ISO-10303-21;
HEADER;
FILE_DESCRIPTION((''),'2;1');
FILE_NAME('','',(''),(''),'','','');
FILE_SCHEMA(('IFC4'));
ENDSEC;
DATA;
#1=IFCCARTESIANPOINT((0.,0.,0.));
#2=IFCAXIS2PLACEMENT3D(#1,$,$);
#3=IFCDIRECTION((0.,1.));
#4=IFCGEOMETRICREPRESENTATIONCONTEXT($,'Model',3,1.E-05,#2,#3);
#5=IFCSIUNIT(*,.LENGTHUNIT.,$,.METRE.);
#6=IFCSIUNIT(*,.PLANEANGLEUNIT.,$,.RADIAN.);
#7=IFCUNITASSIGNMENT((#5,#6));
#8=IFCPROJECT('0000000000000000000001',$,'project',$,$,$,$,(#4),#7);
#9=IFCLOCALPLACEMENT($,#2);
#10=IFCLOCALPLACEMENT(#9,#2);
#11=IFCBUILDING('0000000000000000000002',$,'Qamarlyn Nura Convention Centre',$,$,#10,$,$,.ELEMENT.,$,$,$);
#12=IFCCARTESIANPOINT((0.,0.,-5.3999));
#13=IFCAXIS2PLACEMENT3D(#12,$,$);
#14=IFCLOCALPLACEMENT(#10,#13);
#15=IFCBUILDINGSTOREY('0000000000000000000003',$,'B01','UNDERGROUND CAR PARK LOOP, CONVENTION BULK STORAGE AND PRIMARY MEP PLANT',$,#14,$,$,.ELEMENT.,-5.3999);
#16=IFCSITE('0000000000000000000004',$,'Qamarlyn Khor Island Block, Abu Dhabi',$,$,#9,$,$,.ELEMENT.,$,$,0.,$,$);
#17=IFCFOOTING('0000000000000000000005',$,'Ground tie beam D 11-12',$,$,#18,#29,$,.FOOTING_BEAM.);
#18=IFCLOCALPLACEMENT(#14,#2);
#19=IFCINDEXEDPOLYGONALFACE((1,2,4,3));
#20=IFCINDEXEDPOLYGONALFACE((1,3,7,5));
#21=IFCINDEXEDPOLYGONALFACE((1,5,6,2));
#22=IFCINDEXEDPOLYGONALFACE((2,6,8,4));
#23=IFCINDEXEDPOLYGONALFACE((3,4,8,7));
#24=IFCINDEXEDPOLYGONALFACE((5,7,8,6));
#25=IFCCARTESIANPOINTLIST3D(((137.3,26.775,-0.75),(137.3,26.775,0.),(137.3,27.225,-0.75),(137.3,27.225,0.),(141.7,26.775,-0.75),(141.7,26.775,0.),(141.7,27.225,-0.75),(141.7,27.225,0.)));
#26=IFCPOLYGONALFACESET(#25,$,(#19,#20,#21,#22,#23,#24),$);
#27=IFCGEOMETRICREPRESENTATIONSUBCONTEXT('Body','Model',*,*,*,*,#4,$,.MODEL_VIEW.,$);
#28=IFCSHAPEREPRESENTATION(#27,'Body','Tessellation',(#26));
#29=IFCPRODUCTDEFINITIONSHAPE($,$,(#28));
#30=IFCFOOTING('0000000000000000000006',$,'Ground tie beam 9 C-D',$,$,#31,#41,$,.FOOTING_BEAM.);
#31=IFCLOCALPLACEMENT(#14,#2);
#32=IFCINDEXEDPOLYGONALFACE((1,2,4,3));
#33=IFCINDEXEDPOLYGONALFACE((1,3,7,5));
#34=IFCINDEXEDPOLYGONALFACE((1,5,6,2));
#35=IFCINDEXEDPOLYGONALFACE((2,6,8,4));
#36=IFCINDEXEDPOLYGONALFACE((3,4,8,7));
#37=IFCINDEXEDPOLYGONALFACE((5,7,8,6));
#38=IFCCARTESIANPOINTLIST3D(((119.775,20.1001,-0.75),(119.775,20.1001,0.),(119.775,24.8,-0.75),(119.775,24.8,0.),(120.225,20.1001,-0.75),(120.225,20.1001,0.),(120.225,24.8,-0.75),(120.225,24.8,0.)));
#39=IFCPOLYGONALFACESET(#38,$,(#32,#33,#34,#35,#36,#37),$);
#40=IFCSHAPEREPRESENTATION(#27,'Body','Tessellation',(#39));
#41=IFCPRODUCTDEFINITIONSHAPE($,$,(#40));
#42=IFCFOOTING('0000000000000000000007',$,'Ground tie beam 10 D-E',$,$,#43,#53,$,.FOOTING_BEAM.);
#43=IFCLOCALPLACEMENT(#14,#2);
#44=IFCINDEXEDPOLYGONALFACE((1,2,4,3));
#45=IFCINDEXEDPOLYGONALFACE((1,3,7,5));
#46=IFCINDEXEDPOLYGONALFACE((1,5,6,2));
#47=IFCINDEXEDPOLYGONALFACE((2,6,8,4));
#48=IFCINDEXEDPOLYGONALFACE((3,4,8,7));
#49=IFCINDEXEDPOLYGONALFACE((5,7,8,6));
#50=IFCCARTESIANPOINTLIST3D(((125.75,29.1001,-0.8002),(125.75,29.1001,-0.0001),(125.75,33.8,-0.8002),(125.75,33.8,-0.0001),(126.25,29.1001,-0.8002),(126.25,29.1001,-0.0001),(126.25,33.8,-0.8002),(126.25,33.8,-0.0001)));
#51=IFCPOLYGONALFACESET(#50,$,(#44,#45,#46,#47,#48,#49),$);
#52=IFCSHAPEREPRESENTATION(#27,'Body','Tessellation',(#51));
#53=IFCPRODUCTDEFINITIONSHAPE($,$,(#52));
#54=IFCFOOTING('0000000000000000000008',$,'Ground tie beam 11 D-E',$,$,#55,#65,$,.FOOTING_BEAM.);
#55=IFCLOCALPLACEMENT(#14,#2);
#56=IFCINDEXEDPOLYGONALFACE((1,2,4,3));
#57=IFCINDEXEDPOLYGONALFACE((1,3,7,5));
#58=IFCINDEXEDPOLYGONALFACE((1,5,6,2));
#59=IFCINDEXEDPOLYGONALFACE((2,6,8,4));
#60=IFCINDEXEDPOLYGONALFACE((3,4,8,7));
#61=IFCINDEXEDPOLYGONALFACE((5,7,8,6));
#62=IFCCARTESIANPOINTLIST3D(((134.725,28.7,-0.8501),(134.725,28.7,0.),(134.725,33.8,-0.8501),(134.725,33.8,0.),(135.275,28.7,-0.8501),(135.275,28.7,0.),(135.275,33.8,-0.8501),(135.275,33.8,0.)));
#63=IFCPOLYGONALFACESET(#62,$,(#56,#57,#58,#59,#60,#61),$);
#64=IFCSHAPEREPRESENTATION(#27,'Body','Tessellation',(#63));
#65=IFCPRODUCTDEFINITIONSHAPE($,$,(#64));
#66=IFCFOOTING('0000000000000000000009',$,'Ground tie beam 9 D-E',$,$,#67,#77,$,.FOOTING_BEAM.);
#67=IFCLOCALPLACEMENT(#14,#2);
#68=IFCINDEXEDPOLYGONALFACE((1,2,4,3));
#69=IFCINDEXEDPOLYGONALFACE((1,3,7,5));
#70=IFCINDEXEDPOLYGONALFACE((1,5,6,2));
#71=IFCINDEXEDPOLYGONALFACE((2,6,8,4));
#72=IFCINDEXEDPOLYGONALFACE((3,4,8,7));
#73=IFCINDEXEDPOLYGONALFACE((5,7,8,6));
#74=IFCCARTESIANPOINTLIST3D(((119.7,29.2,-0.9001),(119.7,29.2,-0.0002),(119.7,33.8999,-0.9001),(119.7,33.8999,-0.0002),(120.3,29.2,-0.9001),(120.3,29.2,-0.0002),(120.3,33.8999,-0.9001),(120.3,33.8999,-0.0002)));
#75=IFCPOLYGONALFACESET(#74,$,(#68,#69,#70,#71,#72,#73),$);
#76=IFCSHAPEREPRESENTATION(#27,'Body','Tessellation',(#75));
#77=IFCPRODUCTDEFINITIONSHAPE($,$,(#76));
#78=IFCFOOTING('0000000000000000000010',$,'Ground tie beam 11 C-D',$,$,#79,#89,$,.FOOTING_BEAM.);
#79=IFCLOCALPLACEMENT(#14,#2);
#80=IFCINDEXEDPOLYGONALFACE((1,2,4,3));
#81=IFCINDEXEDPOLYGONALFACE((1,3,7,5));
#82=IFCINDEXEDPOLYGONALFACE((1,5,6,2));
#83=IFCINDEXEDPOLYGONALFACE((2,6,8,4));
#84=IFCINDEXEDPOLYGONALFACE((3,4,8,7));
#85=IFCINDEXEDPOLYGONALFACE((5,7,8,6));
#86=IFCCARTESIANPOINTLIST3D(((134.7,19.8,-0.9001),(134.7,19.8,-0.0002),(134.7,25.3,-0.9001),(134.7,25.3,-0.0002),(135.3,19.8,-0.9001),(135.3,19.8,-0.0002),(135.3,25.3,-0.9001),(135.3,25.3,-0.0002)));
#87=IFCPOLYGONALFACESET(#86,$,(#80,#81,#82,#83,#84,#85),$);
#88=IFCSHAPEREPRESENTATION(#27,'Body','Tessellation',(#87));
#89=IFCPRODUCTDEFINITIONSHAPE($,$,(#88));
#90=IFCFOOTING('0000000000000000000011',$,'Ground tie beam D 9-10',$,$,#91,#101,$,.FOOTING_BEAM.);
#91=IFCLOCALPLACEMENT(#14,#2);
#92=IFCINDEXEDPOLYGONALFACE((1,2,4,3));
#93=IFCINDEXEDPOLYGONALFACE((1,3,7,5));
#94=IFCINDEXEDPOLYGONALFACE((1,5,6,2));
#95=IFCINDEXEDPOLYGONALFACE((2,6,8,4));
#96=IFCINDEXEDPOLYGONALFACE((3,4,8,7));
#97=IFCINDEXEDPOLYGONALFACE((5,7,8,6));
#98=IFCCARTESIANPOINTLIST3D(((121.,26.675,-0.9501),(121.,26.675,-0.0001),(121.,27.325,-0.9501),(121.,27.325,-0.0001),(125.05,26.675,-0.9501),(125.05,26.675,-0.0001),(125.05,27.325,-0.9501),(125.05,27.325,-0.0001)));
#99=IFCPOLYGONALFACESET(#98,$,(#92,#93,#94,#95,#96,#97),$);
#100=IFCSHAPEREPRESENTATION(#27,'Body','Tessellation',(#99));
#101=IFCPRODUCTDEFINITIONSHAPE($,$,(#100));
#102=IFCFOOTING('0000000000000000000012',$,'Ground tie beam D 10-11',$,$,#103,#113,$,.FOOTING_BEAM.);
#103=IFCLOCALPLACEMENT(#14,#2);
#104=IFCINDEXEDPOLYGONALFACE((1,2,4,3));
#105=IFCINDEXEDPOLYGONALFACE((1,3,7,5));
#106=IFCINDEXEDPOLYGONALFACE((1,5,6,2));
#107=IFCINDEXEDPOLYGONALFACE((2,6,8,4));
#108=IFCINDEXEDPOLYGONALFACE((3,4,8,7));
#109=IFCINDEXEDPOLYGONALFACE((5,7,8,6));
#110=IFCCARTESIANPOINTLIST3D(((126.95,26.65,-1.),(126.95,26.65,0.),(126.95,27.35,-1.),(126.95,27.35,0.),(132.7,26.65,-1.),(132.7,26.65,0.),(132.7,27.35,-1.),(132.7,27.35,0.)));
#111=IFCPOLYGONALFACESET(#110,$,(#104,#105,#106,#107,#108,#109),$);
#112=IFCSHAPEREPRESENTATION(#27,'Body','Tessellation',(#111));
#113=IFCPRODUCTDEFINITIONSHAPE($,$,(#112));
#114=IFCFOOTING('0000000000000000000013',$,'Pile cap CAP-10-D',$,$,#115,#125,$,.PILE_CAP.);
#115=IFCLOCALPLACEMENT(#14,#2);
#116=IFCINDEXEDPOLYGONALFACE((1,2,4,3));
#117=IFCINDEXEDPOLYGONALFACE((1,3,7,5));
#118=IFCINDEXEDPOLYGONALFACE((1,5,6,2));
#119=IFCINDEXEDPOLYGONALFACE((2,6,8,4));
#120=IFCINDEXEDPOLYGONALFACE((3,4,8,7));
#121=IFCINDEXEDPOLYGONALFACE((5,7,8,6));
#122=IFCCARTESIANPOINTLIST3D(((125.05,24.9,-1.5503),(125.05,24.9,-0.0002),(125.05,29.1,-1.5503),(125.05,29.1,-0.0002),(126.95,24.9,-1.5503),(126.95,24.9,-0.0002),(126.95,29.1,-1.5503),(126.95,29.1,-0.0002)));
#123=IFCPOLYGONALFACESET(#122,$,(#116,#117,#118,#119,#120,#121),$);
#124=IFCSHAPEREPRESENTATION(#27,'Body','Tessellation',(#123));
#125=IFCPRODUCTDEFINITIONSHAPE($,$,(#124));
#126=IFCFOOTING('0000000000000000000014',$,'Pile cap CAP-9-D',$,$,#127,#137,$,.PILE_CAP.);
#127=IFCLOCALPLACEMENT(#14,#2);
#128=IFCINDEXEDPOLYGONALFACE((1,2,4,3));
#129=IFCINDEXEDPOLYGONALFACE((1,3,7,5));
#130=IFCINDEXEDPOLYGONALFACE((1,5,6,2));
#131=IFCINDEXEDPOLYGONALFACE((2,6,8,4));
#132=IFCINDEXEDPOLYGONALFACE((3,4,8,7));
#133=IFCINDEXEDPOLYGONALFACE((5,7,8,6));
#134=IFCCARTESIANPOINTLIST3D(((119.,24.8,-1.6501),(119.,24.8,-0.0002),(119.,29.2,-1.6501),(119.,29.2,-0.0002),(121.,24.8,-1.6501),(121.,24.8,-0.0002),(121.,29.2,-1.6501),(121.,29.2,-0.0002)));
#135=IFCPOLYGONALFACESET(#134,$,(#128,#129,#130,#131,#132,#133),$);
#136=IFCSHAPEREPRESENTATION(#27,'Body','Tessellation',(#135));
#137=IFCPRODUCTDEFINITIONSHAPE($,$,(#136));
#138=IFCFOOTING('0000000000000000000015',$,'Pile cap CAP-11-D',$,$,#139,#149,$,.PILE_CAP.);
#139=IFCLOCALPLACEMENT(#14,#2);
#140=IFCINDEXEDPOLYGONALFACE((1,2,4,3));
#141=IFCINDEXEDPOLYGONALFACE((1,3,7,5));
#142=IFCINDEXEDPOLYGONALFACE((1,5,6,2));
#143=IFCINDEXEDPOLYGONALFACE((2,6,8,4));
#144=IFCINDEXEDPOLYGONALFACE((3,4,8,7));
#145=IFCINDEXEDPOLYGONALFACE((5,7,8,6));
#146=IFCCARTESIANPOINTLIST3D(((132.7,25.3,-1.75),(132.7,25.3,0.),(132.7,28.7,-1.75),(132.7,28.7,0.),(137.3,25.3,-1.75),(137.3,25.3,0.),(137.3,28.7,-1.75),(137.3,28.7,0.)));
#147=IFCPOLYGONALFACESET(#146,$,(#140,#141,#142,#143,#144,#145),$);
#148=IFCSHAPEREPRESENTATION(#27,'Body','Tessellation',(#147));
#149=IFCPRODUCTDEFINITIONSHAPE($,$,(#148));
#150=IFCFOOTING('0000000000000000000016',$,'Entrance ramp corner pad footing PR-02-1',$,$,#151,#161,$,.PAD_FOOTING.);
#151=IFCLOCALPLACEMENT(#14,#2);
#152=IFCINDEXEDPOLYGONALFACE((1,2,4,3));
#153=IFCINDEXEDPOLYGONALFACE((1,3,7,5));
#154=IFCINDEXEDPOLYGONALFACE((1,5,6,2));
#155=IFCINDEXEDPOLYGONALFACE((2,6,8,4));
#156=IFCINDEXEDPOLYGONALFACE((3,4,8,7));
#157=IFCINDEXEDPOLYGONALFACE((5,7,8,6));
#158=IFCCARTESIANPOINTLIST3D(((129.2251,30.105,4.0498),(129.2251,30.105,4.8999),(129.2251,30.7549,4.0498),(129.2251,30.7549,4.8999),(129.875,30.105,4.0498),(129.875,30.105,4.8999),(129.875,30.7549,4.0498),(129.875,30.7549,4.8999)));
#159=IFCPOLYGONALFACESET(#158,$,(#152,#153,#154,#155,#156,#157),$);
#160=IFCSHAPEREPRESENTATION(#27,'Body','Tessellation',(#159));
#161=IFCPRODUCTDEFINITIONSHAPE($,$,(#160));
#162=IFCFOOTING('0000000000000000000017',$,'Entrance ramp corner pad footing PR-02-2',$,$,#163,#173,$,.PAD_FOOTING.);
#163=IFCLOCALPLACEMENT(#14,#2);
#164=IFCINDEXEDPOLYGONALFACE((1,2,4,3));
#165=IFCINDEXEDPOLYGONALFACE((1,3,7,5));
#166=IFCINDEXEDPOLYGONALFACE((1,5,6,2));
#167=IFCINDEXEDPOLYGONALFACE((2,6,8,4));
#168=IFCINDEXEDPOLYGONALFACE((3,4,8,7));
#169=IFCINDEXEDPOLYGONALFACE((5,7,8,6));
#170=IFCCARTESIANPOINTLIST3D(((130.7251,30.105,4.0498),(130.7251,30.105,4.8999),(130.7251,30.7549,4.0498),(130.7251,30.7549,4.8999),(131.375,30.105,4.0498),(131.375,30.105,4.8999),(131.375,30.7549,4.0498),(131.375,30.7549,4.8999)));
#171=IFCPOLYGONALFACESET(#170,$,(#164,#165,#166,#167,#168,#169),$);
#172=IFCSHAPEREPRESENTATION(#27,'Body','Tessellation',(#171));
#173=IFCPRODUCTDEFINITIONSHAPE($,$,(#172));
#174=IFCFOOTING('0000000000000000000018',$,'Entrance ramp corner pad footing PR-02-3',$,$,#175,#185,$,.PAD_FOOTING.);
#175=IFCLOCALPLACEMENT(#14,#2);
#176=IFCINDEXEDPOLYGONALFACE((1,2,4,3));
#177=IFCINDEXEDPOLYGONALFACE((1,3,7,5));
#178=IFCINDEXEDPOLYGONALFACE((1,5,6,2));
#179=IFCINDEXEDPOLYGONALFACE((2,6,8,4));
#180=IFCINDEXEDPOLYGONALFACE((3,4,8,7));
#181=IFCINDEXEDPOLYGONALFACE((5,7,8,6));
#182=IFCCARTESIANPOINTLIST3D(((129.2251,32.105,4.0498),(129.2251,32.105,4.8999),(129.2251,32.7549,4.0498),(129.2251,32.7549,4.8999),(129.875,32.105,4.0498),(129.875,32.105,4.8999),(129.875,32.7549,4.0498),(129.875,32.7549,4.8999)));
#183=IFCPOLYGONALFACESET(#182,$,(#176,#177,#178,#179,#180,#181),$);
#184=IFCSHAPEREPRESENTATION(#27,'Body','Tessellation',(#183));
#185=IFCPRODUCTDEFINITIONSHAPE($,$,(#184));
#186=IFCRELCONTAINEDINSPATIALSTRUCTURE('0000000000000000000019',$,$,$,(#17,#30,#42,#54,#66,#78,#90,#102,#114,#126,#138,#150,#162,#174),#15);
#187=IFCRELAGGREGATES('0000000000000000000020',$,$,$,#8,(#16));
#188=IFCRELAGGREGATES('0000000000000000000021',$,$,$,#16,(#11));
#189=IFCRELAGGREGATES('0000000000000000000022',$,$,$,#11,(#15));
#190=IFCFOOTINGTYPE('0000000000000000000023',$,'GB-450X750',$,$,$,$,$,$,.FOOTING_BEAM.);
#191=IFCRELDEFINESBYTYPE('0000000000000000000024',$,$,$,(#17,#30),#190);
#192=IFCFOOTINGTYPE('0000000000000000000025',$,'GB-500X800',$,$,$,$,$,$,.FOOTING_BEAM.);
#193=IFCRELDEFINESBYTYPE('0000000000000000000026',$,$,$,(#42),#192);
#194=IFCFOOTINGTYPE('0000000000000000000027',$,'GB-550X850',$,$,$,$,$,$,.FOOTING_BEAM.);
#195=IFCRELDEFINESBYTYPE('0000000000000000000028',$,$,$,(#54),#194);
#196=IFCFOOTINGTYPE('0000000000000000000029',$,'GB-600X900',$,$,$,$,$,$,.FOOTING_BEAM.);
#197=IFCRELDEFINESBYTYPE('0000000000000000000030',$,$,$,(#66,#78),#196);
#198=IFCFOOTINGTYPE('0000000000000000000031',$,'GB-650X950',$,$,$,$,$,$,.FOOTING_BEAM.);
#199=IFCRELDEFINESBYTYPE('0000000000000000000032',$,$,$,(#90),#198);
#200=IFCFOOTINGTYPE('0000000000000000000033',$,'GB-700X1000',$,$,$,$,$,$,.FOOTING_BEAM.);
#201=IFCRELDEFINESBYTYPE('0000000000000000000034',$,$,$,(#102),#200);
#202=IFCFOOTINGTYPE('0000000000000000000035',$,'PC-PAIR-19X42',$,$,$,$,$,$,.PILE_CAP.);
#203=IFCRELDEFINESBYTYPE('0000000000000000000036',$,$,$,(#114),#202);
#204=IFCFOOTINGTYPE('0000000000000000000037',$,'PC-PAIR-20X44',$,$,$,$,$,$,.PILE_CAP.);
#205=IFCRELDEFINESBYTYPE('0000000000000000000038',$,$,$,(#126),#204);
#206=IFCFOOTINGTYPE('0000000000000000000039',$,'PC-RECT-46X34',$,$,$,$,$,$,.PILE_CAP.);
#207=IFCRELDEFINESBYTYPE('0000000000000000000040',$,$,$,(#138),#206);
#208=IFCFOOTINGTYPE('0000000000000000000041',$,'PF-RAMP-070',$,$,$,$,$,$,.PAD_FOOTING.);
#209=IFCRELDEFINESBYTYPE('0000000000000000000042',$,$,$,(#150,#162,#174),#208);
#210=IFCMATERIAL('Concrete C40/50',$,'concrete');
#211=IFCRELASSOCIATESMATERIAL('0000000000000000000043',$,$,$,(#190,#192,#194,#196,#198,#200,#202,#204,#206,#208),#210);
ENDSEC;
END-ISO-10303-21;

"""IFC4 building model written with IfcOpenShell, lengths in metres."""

from ifc_helpers import new_model, si_unit, direction, frame, origin, origin_2d, place, context, subcontext, project, spatial, rectangle, extrude, material, material_profile, profile_set, type_object, element, save


model = new_model("IFC4")

# Units and contexts
model_context = context("Model", 3, precision=1e-05, world=origin(), true_north=direction((0.0, 1.0)))
body_context = subcontext(model_context, "Body", "Model", "MODEL_VIEW")
ifc_project = project(units=[si_unit("LENGTHUNIT", "METRE"), si_unit("PLANEANGLEUNIT", "RADIAN")], contexts=[model_context])

# Site, building, storey
site_placement = place(None, origin())
site = spatial("IfcSite", under=ifc_project, at=site_placement, Name="Qamarlyn Khor Island Block, Abu Dhabi", CompositionType="ELEMENT", RefElevation=0.0)
building_placement = place(site_placement, origin())
building = spatial("IfcBuilding", under=site, at=building_placement, Name="Qamarlyn Nura Convention Centre", CompositionType="ELEMENT")
storey_placement = place(building_placement, frame((0.0, 0.0, -5.3999)))
storey = spatial("IfcBuildingStorey", under=building, at=storey_placement, Name="B01", Description="UNDERGROUND CAR PARK LOOP, CONVENTION BULK STORAGE AND PRIMARY MEP PLANT", CompositionType="ELEMENT", Elevation=-5.3999)

# Footings
ifc_material_1 = material(Name="Concrete C40/50", Category="concrete")
ifc_material_profile_1 = material_profile(ifc_material_1, rectangle(XDim=0.45, YDim=0.75, at=origin_2d()), Name="RC GB 450x750")
ifc_profile_set_1 = profile_set([ifc_material_profile_1], Name="Concrete C40/50")
footing_type_1 = type_object("IfcFootingType", Name="GB-450X750", PredefinedType="FOOTING_BEAM", material=ifc_profile_set_1)
footing_1_placement = place(storey_placement, frame((137.3, 27.0, -0.375), z_axis=(1.0, 0.0, 0.0), x_axis=(0.0, 1.0, 0.0)))
element("IfcFooting", 1, at=footing_1_placement, inside=storey, type_object=footing_type_1, Name="Ground tie beam D 11-12", PredefinedType="FOOTING_BEAM", context=body_context, shape_type="SweptSolid", body=[
    extrude(rectangle(XDim=0.45, YDim=0.75, at=origin_2d()), origin(), (0.0, 0.0, 1.0), 4.3999),
])
footing_2_placement = place(storey_placement, frame((120.0, 20.1001, -0.375), z_axis=(0.0, 1.0, 0.0), x_axis=(-1.0, 0.0, 0.0)))
element("IfcFooting", 2, at=footing_2_placement, inside=storey, type_object=footing_type_1, Name="Ground tie beam 9 C-D", PredefinedType="FOOTING_BEAM", context=body_context, shape_type="SweptSolid", body=[
    extrude(rectangle(XDim=0.45, YDim=0.75, at=origin_2d()), origin(), (0.0, 0.0, 1.0), 4.7),
])
ifc_material_profile_2 = material_profile(ifc_material_1, rectangle(XDim=0.5, YDim=0.8, at=origin_2d()), Name="RC GB 500x800")
ifc_profile_set_2 = profile_set([ifc_material_profile_2], Name="Concrete C40/50")
footing_type_2 = type_object("IfcFootingType", Name="GB-500X800", PredefinedType="FOOTING_BEAM", material=ifc_profile_set_2)
footing_3_placement = place(storey_placement, frame((126.0, 29.1001, -0.4001), z_axis=(0.0, 1.0, 0.0), x_axis=(-1.0, 0.0, 0.0)))
element("IfcFooting", 3, at=footing_3_placement, inside=storey, type_object=footing_type_2, Name="Ground tie beam 10 D-E", PredefinedType="FOOTING_BEAM", context=body_context, shape_type="SweptSolid", body=[
    extrude(rectangle(XDim=0.5, YDim=0.8, at=origin_2d()), origin(), (0.0, 0.0, 1.0), 4.7),
])
ifc_material_profile_3 = material_profile(ifc_material_1, rectangle(XDim=0.55, YDim=0.8501, at=origin_2d()), Name="RC GB 550x850")
ifc_profile_set_3 = profile_set([ifc_material_profile_3], Name="Concrete C40/50")
footing_type_3 = type_object("IfcFootingType", Name="GB-550X850", PredefinedType="FOOTING_BEAM", material=ifc_profile_set_3)
footing_4_placement = place(storey_placement, frame((135.0, 28.7, -0.425), z_axis=(0.0, 1.0, 0.0), x_axis=(-1.0, 0.0, 0.0)))
element("IfcFooting", 4, at=footing_4_placement, inside=storey, type_object=footing_type_3, Name="Ground tie beam 11 D-E", PredefinedType="FOOTING_BEAM", context=body_context, shape_type="SweptSolid", body=[
    extrude(rectangle(XDim=0.55, YDim=0.8501, at=origin_2d()), origin(), (0.0, 0.0, 1.0), 5.1001),
])
ifc_material_profile_4 = material_profile(ifc_material_1, rectangle(XDim=0.6001, YDim=0.8999, at=origin_2d()), Name="RC GB 600x900")
ifc_profile_set_4 = profile_set([ifc_material_profile_4], Name="Concrete C40/50")
footing_type_4 = type_object("IfcFootingType", Name="GB-600X900", PredefinedType="FOOTING_BEAM", material=ifc_profile_set_4)
footing_5_placement = place(storey_placement, frame((120.0, 29.2, -0.4502), z_axis=(0.0, 1.0, 0.0), x_axis=(-1.0, 0.0, 0.0)))
element("IfcFooting", 5, at=footing_5_placement, inside=storey, type_object=footing_type_4, Name="Ground tie beam 9 D-E", PredefinedType="FOOTING_BEAM", context=body_context, shape_type="SweptSolid", body=[
    extrude(rectangle(XDim=0.6001, YDim=0.8999, at=origin_2d()), origin(), (0.0, 0.0, 1.0), 4.7),
])
footing_6_placement = place(storey_placement, frame((135.0, 19.8, -0.4502), z_axis=(0.0, 1.0, 0.0), x_axis=(-1.0, 0.0, 0.0)))
element("IfcFooting", 6, at=footing_6_placement, inside=storey, type_object=footing_type_4, Name="Ground tie beam 11 C-D", PredefinedType="FOOTING_BEAM", context=body_context, shape_type="SweptSolid", body=[
    extrude(rectangle(XDim=0.6001, YDim=0.8999, at=origin_2d()), origin(), (0.0, 0.0, 1.0), 5.5),
])
ifc_material_profile_5 = material_profile(ifc_material_1, rectangle(XDim=0.6499, YDim=0.95, at=origin_2d()), Name="RC GB 650x950")
ifc_profile_set_5 = profile_set([ifc_material_profile_5], Name="Concrete C40/50")
footing_type_5 = type_object("IfcFootingType", Name="GB-650X950", PredefinedType="FOOTING_BEAM", material=ifc_profile_set_5)
footing_7_placement = place(storey_placement, frame((121.0, 27.0, -0.4751), z_axis=(1.0, 0.0, 0.0), x_axis=(0.0, 1.0, 0.0)))
element("IfcFooting", 7, at=footing_7_placement, inside=storey, type_object=footing_type_5, Name="Ground tie beam D 9-10", PredefinedType="FOOTING_BEAM", context=body_context, shape_type="SweptSolid", body=[
    extrude(rectangle(XDim=0.6499, YDim=0.95, at=origin_2d()), origin(), (0.0, 0.0, 1.0), 4.05),
])
ifc_material_profile_6 = material_profile(ifc_material_1, rectangle(XDim=0.7, YDim=1.0, at=origin_2d()), Name="RC GB 700x1000")
ifc_profile_set_6 = profile_set([ifc_material_profile_6], Name="Concrete C40/50")
footing_type_6 = type_object("IfcFootingType", Name="GB-700X1000", PredefinedType="FOOTING_BEAM", material=ifc_profile_set_6)
footing_8_placement = place(storey_placement, frame((126.95, 27.0, -0.5), z_axis=(1.0, 0.0, 0.0), x_axis=(0.0, 1.0, 0.0)))
element("IfcFooting", 8, at=footing_8_placement, inside=storey, type_object=footing_type_6, Name="Ground tie beam D 10-11", PredefinedType="FOOTING_BEAM", context=body_context, shape_type="SweptSolid", body=[
    extrude(rectangle(XDim=0.7, YDim=1.0, at=origin_2d()), origin(), (0.0, 0.0, 1.0), 5.75),
])
footing_type_7 = type_object("IfcFootingType", Name="PC-PAIR-19X42", PredefinedType="PILE_CAP", material=ifc_material_1)
footing_9_placement = place(storey_placement, frame((126.0, 27.0, -1.5503), z_axis=(0.0, 0.0, 1.0), x_axis=(1.0, 0.0, 0.0)))
element("IfcFooting", 9, at=footing_9_placement, inside=storey, type_object=footing_type_7, Name="Pile cap CAP-10-D", PredefinedType="PILE_CAP", context=body_context, shape_type="SweptSolid", body=[
    extrude(rectangle(XDim=1.8999, YDim=4.2, at=origin_2d()), origin(), (0.0, 0.0, 1.0), 1.55),
])
footing_type_8 = type_object("IfcFootingType", Name="PC-PAIR-20X44", PredefinedType="PILE_CAP", material=ifc_material_1)
footing_10_placement = place(storey_placement, frame((120.0, 27.0, -1.6501), z_axis=(0.0, 0.0, 1.0), x_axis=(1.0, 0.0, 0.0)))
element("IfcFooting", 10, at=footing_10_placement, inside=storey, type_object=footing_type_8, Name="Pile cap CAP-9-D", PredefinedType="PILE_CAP", context=body_context, shape_type="SweptSolid", body=[
    extrude(rectangle(XDim=2.0, YDim=4.3999, at=origin_2d()), origin(), (0.0, 0.0, 1.0), 1.6499),
])
footing_type_9 = type_object("IfcFootingType", Name="PC-RECT-46X34", PredefinedType="PILE_CAP", material=ifc_material_1)
footing_11_placement = place(storey_placement, frame((135.0, 27.0, -1.75), z_axis=(0.0, 0.0, 1.0), x_axis=(1.0, 0.0, 0.0)))
element("IfcFooting", 11, at=footing_11_placement, inside=storey, type_object=footing_type_9, Name="Pile cap CAP-11-D", PredefinedType="PILE_CAP", context=body_context, shape_type="SweptSolid", body=[
    extrude(rectangle(XDim=4.6001, YDim=3.3999, at=origin_2d()), origin(), (0.0, 0.0, 1.0), 1.75),
])
footing_type_10 = type_object("IfcFootingType", Name="PF-RAMP-070", PredefinedType="PAD_FOOTING", material=ifc_material_1)
for number, where, z_axis, x_axis, name in (
    (12, (129.55, 30.4299, 4.0498), (0.0, 0.0, 1.0), (1.0, 0.0, 0.0), "Entrance ramp corner pad footing PR-02-1"),
    (13, (131.05, 30.4299, 4.0498), (0.0, 0.0, 1.0), (1.0, 0.0, 0.0), "Entrance ramp corner pad footing PR-02-2"),
    (14, (129.55, 32.4299, 4.0498), (0.0, 0.0, 1.0), (1.0, 0.0, 0.0), "Entrance ramp corner pad footing PR-02-3"),
):
    element("IfcFooting", number, at=place(storey_placement, frame(where, z_axis=z_axis, x_axis=x_axis)), inside=storey, type_object=footing_type_10, Name=name, PredefinedType="PAD_FOOTING", context=body_context, shape_type="SweptSolid", body=[
        extrude(rectangle(XDim=0.6499, YDim=0.6499, at=origin_2d()), origin(), (0.0, 0.0, 1.0), 0.8501),
    ])

save(model, "model.ifc")
